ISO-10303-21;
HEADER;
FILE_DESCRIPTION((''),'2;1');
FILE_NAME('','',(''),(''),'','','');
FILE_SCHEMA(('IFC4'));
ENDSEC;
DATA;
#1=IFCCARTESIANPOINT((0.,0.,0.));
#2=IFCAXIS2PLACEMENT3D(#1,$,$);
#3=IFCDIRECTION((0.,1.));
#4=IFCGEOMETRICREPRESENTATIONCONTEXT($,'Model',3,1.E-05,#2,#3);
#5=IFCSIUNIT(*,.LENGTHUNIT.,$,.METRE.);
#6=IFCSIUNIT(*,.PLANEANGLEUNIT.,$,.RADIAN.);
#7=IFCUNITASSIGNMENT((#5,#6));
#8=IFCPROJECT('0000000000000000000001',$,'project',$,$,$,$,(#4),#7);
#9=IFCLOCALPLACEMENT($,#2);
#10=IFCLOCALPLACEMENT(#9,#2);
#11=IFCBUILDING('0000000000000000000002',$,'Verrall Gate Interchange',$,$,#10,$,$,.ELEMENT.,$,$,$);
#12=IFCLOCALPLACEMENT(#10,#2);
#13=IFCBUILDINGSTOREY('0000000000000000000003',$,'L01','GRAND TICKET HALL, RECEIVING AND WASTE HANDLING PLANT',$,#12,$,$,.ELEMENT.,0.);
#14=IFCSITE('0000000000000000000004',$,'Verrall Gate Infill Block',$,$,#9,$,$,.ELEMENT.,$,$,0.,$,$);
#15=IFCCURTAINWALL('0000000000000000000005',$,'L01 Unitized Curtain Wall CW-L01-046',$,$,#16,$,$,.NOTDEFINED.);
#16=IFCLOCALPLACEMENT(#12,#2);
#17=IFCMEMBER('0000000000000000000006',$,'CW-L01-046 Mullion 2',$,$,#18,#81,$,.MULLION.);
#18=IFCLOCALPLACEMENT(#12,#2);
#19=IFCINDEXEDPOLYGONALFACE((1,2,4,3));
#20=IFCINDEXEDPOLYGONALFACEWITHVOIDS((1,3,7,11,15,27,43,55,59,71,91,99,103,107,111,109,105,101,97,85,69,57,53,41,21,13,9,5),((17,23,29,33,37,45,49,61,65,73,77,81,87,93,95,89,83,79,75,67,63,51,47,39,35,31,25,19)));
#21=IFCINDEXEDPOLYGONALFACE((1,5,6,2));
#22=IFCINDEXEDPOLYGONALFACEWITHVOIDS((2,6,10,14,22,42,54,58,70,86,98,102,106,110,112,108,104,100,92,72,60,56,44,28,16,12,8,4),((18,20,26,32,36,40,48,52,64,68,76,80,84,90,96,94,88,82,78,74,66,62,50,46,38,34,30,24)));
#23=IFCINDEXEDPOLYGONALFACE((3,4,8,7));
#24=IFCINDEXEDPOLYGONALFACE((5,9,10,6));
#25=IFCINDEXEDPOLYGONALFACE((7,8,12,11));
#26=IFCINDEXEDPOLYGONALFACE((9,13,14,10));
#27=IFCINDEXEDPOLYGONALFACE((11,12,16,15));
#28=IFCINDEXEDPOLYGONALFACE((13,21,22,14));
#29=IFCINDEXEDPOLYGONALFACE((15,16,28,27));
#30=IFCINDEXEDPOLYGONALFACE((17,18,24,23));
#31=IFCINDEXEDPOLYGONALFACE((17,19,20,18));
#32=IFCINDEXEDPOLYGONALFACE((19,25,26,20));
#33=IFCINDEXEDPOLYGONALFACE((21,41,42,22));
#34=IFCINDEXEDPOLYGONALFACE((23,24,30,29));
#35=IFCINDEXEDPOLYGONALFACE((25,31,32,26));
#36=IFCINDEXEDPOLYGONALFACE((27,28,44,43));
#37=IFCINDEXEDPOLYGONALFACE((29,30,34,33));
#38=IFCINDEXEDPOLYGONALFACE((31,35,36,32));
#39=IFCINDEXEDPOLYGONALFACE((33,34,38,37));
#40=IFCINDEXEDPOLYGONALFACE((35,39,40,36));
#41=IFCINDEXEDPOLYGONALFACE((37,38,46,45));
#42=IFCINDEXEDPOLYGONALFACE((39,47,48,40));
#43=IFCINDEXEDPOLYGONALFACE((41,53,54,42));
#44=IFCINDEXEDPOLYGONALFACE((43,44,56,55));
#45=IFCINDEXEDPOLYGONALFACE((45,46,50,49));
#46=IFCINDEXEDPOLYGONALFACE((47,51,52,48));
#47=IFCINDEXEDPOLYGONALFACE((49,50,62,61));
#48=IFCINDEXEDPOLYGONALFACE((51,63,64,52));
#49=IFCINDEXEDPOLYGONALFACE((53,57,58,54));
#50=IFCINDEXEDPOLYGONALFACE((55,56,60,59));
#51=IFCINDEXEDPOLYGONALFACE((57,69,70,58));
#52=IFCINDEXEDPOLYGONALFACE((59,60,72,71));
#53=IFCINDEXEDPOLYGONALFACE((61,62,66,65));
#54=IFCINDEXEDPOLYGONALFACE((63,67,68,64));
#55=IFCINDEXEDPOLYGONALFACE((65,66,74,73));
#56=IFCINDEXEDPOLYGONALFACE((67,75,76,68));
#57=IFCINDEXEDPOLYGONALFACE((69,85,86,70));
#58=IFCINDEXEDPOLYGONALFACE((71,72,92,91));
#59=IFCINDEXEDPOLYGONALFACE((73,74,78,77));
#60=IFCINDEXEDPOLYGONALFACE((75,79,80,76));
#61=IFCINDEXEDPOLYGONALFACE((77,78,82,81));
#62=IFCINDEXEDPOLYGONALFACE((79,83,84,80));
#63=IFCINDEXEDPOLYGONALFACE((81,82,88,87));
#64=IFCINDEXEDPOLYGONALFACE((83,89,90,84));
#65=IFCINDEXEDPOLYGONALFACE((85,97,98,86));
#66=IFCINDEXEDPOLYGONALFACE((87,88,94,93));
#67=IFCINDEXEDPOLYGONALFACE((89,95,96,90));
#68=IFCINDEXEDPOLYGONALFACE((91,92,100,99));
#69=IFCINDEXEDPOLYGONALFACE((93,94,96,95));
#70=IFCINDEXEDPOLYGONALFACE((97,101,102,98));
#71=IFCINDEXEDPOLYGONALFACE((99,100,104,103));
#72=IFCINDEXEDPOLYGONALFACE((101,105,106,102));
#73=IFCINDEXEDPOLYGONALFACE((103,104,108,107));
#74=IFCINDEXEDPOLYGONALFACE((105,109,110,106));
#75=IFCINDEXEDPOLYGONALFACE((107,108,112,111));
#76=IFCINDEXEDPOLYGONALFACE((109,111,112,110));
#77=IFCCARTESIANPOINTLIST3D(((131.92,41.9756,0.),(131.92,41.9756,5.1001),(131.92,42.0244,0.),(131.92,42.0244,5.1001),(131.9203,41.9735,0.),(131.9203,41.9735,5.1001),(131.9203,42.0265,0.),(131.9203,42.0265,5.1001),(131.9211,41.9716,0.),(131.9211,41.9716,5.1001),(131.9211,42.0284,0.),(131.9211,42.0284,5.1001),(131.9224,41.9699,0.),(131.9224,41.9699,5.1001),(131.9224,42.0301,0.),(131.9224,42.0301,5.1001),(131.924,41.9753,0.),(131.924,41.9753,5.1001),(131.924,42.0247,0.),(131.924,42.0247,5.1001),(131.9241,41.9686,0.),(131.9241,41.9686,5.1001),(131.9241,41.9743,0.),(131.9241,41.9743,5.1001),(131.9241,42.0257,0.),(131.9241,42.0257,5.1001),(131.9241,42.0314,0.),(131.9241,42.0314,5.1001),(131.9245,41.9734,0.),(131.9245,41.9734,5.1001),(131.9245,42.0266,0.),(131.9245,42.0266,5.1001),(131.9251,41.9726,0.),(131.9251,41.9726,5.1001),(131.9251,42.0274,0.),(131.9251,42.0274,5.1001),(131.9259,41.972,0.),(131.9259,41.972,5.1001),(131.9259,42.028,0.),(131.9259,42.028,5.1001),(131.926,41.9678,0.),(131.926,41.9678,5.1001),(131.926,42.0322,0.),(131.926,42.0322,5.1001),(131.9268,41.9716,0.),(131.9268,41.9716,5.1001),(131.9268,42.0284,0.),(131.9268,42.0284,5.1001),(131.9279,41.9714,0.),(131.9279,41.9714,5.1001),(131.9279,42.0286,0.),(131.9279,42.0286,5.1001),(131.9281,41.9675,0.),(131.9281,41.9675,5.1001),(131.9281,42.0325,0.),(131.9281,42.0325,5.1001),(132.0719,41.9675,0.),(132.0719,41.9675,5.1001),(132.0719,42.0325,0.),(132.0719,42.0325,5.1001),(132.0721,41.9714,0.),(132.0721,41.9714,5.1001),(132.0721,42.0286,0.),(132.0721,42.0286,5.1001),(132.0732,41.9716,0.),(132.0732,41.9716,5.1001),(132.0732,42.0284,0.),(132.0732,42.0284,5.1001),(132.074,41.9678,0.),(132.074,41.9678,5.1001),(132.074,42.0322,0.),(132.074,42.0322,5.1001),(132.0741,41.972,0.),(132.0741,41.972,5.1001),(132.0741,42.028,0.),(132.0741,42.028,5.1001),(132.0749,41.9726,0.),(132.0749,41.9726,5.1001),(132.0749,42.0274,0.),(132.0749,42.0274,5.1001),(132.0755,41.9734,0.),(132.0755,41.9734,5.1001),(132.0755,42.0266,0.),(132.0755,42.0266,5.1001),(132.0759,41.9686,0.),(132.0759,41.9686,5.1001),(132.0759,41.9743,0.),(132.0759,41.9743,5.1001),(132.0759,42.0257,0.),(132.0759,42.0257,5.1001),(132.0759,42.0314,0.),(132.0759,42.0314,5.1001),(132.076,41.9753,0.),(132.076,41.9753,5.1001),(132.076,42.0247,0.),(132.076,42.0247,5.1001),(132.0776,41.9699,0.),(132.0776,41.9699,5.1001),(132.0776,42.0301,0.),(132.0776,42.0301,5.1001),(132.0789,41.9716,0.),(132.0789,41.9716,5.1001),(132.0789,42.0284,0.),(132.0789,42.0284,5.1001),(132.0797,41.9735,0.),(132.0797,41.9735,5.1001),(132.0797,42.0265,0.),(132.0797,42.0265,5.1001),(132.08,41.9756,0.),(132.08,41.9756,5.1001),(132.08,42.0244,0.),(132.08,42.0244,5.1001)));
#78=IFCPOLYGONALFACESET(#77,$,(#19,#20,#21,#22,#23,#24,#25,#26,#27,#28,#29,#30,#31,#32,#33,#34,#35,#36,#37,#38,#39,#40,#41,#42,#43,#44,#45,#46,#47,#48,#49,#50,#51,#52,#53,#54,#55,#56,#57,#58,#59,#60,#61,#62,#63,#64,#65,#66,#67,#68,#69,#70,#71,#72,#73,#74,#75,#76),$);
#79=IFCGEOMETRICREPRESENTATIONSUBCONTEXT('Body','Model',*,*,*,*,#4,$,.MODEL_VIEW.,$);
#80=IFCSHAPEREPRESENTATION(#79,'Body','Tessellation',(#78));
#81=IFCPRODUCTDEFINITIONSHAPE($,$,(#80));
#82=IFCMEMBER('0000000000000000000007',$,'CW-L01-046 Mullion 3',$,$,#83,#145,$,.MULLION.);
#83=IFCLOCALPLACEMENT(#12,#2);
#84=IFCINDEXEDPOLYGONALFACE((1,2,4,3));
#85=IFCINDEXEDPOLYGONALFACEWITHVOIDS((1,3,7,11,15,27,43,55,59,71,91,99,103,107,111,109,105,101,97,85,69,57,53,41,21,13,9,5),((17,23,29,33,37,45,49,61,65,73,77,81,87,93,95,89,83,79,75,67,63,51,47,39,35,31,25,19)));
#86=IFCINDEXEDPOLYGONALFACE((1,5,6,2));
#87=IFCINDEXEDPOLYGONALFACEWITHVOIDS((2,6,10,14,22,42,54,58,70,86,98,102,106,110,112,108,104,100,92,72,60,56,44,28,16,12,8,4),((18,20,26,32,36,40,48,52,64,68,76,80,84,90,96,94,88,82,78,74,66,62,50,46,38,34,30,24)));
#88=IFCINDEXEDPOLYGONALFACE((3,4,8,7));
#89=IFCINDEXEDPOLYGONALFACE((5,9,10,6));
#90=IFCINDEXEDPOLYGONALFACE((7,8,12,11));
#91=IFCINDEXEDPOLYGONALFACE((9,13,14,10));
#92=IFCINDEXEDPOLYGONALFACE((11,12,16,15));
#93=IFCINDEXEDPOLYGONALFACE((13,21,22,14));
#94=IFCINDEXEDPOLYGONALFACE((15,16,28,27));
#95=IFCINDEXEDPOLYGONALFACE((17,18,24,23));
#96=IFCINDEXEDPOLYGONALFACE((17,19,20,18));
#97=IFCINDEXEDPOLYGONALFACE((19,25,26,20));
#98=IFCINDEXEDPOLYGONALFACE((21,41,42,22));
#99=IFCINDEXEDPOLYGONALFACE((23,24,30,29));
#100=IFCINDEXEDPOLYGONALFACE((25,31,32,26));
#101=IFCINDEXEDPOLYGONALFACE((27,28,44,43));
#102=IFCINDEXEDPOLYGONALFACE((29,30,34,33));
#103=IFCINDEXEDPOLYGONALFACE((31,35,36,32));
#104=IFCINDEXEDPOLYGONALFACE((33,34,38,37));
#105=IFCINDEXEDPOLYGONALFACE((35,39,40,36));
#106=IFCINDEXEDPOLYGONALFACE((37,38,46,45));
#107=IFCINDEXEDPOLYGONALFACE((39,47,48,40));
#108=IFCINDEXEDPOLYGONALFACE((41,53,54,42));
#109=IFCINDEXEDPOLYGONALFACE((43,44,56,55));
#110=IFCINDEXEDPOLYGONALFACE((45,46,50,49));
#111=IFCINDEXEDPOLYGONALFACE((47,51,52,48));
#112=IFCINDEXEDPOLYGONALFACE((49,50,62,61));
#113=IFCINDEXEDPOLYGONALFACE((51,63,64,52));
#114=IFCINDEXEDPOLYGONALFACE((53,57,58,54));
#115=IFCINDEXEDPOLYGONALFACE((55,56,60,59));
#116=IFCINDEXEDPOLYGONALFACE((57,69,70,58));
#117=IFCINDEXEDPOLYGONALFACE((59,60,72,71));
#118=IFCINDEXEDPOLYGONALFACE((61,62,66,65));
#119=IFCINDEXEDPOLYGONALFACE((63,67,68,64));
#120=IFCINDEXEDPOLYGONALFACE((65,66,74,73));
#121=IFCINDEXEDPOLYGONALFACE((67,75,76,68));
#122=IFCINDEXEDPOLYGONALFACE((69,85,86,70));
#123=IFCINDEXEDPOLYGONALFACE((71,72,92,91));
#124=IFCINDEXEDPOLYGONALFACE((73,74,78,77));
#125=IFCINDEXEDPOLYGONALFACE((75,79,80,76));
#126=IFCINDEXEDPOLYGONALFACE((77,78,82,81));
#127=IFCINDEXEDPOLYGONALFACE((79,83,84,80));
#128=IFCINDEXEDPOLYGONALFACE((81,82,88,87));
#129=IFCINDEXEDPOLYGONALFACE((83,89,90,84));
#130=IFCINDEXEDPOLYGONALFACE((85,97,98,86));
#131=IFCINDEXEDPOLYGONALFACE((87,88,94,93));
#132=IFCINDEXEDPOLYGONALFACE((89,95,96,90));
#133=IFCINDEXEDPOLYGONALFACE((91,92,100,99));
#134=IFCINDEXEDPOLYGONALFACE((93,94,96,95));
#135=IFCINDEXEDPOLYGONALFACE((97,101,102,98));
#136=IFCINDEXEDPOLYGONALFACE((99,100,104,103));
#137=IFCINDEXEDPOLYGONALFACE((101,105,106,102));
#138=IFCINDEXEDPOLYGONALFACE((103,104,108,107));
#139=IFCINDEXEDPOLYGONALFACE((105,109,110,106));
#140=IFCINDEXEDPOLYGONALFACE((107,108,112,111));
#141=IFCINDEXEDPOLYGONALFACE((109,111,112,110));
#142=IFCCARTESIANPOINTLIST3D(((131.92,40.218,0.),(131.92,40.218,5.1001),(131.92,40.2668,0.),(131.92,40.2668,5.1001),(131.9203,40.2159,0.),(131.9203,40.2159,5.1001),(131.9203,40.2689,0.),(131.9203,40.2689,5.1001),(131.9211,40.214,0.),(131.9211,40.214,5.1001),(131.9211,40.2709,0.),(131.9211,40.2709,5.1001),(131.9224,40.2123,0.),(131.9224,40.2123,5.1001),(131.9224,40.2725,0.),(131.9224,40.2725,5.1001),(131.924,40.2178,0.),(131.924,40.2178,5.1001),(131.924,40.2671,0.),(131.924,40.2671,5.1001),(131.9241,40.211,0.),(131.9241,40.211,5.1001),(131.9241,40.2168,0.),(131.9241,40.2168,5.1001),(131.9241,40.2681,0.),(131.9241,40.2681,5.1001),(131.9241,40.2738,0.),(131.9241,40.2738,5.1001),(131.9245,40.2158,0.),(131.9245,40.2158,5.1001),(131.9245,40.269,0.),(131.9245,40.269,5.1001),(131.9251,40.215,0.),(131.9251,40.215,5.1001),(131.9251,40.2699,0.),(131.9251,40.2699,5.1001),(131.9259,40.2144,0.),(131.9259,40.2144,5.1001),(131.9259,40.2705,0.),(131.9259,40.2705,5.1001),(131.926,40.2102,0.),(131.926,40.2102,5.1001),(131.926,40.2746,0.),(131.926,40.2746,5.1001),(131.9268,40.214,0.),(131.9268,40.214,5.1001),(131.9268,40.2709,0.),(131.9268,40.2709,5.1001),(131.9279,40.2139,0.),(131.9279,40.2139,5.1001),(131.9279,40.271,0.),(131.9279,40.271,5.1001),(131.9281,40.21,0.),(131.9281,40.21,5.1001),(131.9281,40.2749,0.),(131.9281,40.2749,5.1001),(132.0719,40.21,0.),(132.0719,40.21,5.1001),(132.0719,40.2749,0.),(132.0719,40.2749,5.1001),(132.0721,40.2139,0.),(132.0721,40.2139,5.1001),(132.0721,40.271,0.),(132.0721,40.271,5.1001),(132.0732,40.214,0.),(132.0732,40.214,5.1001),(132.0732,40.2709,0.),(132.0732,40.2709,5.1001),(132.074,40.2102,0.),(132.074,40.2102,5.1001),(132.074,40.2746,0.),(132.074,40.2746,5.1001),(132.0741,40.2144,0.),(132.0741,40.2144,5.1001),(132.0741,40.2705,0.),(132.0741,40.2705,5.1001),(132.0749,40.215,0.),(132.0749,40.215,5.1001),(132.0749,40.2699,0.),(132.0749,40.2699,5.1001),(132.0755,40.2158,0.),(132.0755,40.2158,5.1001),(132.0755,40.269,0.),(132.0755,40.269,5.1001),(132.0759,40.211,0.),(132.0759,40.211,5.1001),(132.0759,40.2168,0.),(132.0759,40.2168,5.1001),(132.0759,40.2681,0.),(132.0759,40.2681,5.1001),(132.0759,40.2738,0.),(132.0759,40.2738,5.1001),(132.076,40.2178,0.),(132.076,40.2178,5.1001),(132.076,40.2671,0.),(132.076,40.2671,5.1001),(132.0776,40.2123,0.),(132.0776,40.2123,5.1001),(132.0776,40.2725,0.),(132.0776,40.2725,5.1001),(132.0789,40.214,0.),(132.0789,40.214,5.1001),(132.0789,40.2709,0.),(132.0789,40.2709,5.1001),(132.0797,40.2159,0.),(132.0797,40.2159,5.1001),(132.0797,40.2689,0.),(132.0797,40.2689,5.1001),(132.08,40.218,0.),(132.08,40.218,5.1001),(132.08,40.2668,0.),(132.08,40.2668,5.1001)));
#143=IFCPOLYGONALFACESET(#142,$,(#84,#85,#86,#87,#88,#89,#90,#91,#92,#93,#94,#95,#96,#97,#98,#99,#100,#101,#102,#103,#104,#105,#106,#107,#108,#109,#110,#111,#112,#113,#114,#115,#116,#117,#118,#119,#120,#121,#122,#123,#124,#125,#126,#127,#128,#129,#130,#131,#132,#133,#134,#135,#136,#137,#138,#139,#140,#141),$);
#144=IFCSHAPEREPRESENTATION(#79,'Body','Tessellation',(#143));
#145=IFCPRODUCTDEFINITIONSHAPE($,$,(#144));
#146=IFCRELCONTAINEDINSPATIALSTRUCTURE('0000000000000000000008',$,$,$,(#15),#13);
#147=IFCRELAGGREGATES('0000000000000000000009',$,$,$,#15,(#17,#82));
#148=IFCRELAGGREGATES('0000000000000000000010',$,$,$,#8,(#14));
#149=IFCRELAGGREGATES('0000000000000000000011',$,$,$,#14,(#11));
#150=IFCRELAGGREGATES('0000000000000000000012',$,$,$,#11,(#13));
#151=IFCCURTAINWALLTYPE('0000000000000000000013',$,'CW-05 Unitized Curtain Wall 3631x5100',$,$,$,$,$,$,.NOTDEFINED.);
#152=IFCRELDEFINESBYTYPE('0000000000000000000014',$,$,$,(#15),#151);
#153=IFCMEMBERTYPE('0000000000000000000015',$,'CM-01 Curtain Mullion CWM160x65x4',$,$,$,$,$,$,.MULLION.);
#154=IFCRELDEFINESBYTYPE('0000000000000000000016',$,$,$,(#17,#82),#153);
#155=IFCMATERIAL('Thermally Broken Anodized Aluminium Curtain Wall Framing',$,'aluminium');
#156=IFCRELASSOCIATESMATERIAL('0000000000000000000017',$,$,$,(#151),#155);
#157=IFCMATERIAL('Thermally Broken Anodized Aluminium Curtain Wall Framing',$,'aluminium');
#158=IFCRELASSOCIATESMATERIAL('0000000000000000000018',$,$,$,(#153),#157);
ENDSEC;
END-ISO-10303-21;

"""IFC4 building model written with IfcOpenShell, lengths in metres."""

from ifc_helpers import new_model, si_unit, direction, frame, origin, origin_2d, place, context, subcontext, project, spatial, hollow_rectangle, extrude, material, material_profile, profile_set, type_object, element, aggregate, save


model = new_model("IFC4")

# Units and contexts
model_context = context("Model", 3, precision=1e-05, world=origin(), true_north=direction((0.0, 1.0)))
body_context = subcontext(model_context, "Body", "Model", "MODEL_VIEW")
ifc_project = project(units=[si_unit("LENGTHUNIT", "METRE"), si_unit("PLANEANGLEUNIT", "RADIAN")], contexts=[model_context])

# Site, building, storey
site_placement = place(None, origin())
site = spatial("IfcSite", under=ifc_project, at=site_placement, Name="Verrall Gate Infill Block", CompositionType="ELEMENT", RefElevation=0.0)
building_placement = place(site_placement, origin())
building = spatial("IfcBuilding", under=site, at=building_placement, Name="Verrall Gate Interchange", CompositionType="ELEMENT")
storey_placement = place(building_placement, origin())
storey = spatial("IfcBuildingStorey", under=building, at=storey_placement, Name="L01", Description="GRAND TICKET HALL, RECEIVING AND WASTE HANDLING PLANT", CompositionType="ELEMENT", Elevation=0.0)

# Curtain wall, members
ifc_material_1 = material(Name="Thermally Broken Anodized Aluminium Curtain Wall Framing", Category="aluminium")
curtain_wall_type_1 = type_object("IfcCurtainWallType", Name="CW-05 Unitized Curtain Wall 3631x5100", PredefinedType="NOTDEFINED", material=ifc_material_1)
curtain_wall_1_placement = place(storey_placement, origin())
curtain_wall_1 = element("IfcCurtainWall", 1, at=curtain_wall_1_placement, inside=storey, type_object=curtain_wall_type_1, Name="L01 Unitized Curtain Wall CW-L01-046", PredefinedType="NOTDEFINED")
ifc_material_2 = material(Name="Thermally Broken Anodized Aluminium Curtain Wall Framing", Category="aluminium")
ifc_material_profile_1 = material_profile(ifc_material_2, hollow_rectangle(XDim=0.0649, YDim=0.1599, WallThickness=0.0039, InnerFilletRadius=0.0039, OuterFilletRadius=0.0081, at=origin_2d()), Name="CWM160x65x4")
ifc_profile_set_1 = profile_set([ifc_material_profile_1], Name="Thermally Broken Anodized Aluminium Curtain Wall Framing")
member_type_1 = type_object("IfcMemberType", Name="CM-01 Curtain Mullion CWM160x65x4", PredefinedType="MULLION", material=ifc_profile_set_1)
member_1_placement = place(storey_placement, frame((132.0, 42.0, 0.0), z_axis=(0.0, 0.0, 1.0), x_axis=(0.0, -1.0, 0.0)))
member_1 = element("IfcMember", 2, at=member_1_placement, type_object=member_type_1, Name="CW-L01-046 Mullion 2", PredefinedType="MULLION", context=body_context, shape_type="SweptSolid", body=[
    extrude(hollow_rectangle(XDim=0.0649, YDim=0.1599, WallThickness=0.0039, InnerFilletRadius=0.0039, OuterFilletRadius=0.0081, at=origin_2d()), origin(), (0.0, 0.0, 1.0), 5.1001),
])
member_2_placement = place(storey_placement, frame((132.0, 40.2424, 0.0), z_axis=(0.0, 0.0, 1.0), x_axis=(0.0, -1.0, 0.0)))
member_2 = element("IfcMember", 3, at=member_2_placement, type_object=member_type_1, Name="CW-L01-046 Mullion 3", PredefinedType="MULLION", context=body_context, shape_type="SweptSolid", body=[
    extrude(hollow_rectangle(XDim=0.0649, YDim=0.1599, WallThickness=0.0039, InnerFilletRadius=0.0039, OuterFilletRadius=0.0081, at=origin_2d()), origin(), (0.0, 0.0, 1.0), 5.1001),
])

aggregate(curtain_wall_1, [member_1, member_2])

save(model, "model.ifc")
